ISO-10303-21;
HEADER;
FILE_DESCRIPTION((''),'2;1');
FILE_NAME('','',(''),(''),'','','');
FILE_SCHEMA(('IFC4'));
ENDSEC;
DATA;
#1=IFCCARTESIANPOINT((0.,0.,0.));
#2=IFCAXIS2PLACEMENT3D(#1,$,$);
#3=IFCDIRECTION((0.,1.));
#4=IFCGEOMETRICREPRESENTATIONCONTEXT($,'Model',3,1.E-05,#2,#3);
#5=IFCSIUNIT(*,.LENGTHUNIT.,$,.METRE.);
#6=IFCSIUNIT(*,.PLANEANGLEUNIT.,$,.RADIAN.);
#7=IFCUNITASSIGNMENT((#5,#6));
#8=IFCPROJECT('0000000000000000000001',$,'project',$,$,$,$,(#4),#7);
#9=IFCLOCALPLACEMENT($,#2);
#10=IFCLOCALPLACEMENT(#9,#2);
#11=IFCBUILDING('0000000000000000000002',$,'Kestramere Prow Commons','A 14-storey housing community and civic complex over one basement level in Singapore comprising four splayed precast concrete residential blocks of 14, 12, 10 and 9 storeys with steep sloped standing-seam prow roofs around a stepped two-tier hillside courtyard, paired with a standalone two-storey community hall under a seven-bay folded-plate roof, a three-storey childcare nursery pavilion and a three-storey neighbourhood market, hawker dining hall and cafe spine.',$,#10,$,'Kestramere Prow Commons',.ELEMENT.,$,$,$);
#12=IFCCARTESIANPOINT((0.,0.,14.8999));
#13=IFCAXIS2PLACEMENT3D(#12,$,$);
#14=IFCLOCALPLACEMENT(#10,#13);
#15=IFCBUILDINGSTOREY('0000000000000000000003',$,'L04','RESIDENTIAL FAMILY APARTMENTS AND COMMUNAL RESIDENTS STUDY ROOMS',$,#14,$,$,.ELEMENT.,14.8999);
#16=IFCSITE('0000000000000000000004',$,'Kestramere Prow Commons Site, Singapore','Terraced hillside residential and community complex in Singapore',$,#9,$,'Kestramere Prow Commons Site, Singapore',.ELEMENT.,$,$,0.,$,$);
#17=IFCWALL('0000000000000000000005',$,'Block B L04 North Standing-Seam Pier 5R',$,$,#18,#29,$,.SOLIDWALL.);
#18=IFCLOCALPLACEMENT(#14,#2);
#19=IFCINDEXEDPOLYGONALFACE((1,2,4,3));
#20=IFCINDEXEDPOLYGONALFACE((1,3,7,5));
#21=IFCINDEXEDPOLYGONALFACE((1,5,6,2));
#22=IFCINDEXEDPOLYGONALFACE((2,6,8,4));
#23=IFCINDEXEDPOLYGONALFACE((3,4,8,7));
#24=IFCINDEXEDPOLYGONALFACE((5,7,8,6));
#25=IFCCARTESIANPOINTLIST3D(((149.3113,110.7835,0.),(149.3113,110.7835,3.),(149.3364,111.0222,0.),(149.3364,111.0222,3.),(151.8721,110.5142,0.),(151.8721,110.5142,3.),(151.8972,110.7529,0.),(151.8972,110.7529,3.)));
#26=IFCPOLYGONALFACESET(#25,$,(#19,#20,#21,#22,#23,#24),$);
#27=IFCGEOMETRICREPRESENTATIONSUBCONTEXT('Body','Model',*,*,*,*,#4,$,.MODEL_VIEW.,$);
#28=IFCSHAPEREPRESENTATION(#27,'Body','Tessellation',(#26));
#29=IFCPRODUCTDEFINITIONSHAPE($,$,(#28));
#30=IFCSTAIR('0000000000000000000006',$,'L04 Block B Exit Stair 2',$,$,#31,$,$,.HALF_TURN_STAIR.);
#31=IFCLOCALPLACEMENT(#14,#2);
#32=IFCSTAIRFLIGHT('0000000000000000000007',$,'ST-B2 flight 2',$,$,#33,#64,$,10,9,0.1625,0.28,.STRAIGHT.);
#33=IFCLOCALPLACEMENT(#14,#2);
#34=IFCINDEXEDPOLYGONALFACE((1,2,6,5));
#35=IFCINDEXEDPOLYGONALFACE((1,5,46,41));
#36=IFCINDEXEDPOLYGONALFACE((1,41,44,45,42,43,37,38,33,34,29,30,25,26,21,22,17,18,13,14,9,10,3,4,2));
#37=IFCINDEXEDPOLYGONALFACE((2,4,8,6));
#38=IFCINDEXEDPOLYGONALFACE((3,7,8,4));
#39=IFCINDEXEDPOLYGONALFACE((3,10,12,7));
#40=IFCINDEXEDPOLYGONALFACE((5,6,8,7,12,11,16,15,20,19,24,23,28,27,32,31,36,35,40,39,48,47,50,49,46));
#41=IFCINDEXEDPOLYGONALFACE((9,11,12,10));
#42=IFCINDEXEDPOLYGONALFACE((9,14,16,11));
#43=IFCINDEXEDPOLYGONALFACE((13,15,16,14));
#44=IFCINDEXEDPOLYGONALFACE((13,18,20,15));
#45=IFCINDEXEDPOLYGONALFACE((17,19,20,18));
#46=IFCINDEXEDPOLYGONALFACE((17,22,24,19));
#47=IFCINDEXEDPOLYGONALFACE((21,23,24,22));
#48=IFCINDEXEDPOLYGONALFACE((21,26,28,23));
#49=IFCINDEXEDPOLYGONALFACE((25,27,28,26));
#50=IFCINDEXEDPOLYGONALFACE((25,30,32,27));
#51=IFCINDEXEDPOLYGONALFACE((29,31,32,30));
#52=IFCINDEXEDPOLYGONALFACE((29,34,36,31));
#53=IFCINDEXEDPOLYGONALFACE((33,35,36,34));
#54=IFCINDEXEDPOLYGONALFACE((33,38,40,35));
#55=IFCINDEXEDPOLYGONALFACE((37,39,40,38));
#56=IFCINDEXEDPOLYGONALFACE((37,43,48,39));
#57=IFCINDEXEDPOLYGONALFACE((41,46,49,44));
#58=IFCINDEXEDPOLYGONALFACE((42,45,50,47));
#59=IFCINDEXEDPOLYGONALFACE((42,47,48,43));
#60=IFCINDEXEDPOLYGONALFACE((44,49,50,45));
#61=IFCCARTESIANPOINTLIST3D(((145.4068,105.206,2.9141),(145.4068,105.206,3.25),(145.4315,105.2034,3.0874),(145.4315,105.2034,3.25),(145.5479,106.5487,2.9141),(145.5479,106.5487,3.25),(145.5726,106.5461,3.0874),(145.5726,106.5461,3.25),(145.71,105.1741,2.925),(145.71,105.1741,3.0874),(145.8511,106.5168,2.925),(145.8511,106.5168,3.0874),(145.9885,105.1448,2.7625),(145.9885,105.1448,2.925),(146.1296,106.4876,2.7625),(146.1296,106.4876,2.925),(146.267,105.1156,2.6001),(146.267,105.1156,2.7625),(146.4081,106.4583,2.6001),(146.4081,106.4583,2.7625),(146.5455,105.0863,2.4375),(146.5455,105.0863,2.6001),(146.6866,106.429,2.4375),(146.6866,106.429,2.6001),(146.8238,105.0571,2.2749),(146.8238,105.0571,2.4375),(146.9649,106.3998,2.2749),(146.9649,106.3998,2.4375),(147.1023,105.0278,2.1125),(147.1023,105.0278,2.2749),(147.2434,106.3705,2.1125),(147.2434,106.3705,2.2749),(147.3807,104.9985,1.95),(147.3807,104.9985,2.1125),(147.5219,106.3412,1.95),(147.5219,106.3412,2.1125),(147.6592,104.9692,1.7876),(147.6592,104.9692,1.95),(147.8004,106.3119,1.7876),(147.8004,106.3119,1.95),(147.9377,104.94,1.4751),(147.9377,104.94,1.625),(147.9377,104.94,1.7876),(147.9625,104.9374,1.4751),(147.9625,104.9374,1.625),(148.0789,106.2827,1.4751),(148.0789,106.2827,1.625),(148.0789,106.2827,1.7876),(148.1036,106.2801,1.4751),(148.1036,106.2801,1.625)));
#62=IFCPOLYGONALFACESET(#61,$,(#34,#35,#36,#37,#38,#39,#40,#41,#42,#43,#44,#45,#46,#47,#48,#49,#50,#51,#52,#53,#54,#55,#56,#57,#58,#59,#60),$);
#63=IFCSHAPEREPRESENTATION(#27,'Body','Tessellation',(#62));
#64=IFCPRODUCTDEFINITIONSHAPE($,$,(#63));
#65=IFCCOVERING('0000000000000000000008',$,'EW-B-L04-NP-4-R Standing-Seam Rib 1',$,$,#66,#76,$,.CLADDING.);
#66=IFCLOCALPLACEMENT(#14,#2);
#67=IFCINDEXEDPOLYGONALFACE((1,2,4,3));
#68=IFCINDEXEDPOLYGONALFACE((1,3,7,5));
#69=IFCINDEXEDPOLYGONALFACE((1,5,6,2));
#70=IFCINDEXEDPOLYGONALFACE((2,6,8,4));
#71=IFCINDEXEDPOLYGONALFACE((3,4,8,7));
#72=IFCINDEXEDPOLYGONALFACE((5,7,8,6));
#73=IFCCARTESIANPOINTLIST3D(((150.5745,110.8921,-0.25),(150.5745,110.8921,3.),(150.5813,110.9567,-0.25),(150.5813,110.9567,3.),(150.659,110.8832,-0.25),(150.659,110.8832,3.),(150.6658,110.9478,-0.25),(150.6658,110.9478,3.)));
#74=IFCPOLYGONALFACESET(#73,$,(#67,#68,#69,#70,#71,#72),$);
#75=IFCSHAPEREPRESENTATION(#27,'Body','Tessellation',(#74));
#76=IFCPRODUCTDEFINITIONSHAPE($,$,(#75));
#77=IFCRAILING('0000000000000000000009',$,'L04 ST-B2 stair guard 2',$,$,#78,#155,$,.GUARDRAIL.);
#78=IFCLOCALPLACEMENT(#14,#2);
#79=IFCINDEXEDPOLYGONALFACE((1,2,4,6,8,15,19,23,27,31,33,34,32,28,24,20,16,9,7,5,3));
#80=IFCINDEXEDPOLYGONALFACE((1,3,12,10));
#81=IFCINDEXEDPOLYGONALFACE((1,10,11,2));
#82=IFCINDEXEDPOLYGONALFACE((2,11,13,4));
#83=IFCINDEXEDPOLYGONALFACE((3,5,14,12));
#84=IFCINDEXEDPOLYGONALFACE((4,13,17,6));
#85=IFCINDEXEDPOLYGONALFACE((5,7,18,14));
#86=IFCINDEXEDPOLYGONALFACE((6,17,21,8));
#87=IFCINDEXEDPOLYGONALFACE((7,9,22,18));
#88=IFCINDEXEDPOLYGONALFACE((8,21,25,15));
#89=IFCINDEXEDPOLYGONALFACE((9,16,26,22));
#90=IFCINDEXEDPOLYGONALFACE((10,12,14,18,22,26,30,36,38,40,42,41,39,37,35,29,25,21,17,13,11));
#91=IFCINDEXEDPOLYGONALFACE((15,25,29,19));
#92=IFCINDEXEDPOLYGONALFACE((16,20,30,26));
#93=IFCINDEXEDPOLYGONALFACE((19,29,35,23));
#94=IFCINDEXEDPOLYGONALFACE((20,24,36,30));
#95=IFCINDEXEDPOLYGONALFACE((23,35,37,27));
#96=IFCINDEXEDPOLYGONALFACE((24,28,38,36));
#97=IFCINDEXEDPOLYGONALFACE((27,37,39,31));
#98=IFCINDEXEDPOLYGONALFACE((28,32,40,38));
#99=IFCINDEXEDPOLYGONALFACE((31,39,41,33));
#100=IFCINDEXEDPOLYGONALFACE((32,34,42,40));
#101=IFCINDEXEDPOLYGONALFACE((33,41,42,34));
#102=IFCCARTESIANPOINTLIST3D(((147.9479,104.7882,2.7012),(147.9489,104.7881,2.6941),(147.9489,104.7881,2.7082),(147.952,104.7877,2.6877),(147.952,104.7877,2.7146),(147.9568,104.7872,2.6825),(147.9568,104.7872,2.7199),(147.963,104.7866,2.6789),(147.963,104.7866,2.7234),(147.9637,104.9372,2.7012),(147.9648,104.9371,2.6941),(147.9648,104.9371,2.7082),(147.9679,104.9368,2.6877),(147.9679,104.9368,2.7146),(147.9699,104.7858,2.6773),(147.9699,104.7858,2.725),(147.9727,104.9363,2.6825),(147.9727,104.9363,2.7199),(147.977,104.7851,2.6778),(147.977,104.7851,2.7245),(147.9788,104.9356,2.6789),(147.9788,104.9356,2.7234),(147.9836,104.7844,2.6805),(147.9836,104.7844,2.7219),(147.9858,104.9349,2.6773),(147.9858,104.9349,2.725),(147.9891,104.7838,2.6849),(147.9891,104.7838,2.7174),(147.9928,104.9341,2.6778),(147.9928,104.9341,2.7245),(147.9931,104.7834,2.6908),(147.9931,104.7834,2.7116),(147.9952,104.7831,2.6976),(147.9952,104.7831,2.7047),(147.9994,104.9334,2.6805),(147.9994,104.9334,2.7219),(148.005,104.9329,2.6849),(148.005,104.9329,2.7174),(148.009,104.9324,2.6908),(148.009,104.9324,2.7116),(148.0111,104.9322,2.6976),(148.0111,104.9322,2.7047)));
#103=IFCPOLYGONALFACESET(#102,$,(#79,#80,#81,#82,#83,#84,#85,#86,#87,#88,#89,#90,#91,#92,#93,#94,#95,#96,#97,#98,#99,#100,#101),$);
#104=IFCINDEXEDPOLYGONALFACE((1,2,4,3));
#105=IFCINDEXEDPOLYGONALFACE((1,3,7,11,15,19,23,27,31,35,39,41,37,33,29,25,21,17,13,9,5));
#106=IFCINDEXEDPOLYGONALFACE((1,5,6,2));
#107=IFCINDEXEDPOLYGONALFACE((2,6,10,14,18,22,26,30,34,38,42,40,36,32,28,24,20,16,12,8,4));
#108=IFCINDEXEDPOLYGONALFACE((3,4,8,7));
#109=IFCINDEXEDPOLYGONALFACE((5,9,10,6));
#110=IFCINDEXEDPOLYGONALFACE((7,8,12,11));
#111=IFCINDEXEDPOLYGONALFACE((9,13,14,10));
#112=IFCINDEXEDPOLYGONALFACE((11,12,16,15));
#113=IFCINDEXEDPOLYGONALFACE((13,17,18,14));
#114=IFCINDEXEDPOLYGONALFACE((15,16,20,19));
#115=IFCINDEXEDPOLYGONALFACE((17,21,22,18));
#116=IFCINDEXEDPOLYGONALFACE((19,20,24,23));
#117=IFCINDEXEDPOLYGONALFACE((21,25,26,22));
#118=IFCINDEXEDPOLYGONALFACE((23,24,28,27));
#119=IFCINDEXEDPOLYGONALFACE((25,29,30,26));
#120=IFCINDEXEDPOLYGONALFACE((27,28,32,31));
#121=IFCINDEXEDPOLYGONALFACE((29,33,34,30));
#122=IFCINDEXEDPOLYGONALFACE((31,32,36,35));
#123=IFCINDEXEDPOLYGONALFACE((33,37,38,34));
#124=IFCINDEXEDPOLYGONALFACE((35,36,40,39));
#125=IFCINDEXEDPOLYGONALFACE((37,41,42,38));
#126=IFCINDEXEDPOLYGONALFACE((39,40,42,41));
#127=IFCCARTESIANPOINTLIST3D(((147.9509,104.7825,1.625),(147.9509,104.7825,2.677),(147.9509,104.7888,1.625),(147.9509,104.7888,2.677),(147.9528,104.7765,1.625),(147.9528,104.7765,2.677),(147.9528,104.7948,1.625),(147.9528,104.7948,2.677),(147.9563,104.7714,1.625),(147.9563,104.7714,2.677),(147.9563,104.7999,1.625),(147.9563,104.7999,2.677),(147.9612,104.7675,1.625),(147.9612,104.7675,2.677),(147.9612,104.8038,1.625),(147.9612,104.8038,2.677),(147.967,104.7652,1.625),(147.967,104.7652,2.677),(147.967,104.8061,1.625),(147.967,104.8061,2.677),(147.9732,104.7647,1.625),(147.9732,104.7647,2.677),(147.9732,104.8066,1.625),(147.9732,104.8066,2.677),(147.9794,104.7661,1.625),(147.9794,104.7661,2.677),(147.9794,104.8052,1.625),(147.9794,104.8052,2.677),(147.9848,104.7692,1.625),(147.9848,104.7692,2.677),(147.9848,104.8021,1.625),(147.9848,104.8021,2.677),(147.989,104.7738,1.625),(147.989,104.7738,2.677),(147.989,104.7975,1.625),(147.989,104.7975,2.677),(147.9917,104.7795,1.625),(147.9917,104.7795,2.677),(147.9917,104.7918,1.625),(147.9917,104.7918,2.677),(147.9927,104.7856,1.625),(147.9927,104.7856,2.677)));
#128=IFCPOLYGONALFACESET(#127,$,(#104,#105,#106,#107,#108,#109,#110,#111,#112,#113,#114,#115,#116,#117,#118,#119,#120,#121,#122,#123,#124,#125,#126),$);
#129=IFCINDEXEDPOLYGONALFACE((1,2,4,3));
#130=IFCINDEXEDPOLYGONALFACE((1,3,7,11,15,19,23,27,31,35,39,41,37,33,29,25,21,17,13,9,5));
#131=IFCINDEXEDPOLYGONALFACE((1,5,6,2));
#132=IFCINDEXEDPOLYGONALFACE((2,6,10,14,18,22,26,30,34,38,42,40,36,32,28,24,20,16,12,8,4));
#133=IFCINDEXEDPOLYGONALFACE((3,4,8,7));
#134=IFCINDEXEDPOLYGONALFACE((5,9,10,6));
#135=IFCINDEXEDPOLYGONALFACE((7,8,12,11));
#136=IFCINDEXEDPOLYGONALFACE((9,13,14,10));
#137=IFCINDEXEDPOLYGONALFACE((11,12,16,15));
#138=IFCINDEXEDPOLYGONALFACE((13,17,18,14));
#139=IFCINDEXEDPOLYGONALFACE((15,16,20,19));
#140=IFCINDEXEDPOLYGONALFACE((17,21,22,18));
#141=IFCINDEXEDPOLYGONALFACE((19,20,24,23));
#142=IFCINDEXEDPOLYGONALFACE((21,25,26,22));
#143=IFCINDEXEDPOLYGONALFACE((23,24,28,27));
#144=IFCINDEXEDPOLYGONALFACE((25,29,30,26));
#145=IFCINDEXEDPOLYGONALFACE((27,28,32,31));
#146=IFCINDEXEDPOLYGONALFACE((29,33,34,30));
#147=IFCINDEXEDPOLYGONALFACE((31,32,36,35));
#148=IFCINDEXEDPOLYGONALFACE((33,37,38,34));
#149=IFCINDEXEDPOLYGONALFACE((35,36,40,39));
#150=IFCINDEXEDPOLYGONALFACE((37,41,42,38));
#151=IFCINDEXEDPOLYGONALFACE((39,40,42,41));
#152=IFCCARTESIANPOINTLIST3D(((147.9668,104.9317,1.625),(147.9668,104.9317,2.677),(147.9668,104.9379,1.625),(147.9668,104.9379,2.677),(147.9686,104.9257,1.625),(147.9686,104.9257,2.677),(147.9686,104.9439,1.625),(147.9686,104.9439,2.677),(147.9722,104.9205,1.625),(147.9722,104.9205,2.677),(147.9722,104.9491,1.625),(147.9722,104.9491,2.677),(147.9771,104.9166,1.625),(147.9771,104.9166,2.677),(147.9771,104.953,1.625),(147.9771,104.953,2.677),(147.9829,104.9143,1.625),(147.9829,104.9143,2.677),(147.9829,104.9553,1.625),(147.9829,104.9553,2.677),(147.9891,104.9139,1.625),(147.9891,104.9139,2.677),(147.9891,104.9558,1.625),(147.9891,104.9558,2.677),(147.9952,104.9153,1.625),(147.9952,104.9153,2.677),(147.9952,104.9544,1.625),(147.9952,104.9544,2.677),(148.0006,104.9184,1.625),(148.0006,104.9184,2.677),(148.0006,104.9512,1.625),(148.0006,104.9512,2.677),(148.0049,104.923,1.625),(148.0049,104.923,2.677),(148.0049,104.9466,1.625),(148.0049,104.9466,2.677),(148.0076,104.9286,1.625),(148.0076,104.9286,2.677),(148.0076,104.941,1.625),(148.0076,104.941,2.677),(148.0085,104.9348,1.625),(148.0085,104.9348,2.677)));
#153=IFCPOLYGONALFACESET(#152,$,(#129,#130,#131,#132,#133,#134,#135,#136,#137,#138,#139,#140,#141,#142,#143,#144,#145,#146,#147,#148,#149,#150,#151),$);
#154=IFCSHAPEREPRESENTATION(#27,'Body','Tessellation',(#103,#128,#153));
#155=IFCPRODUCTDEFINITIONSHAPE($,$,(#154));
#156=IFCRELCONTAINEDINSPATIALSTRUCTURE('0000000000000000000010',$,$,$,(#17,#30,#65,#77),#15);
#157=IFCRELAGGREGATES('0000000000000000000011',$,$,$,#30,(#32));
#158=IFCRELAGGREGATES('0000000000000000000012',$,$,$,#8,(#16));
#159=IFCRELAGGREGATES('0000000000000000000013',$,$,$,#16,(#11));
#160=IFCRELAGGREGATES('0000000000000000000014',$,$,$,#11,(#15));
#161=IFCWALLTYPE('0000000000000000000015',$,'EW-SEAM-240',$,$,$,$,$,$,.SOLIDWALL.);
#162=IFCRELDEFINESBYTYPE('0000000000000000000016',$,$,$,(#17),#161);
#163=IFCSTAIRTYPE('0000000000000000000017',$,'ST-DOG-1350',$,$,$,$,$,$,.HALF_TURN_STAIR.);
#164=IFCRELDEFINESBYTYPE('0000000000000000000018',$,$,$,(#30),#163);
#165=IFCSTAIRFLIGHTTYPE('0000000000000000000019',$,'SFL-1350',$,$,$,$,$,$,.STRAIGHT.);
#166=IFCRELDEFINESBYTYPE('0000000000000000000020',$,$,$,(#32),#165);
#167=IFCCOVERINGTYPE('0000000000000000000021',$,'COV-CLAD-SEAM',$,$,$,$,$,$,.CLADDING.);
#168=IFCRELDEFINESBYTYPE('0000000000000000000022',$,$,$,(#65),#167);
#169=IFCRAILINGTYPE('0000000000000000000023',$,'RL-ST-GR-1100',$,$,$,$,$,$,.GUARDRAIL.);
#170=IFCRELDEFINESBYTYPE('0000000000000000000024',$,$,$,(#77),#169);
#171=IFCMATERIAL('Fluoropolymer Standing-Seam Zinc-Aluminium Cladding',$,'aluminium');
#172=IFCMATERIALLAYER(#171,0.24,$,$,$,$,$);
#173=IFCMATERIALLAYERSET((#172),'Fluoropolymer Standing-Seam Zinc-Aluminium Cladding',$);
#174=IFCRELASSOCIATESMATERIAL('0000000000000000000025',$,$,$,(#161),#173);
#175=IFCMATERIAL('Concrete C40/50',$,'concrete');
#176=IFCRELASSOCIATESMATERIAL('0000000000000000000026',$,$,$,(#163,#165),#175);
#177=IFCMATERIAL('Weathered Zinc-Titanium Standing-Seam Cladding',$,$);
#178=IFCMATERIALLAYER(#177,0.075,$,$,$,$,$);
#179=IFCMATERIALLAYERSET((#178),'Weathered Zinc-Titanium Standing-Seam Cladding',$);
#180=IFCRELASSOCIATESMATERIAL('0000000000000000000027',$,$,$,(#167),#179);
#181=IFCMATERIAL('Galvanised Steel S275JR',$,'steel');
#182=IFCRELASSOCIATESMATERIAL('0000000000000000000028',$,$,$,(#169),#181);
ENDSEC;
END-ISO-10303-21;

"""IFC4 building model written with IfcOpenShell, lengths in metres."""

from ifc_helpers import new_model, si_unit, direction, frame, frame_2d, origin, origin_2d, place, context, subcontext, project, spatial, polyline, rectangle, circle, outline, extrude, material, layer, layer_set, type_object, element, aggregate, save


model = new_model("IFC4")

# Units and contexts
model_context = context("Model", 3, precision=1e-05, world=origin(), true_north=direction((0.0, 1.0)))
body_context = subcontext(model_context, "Body", "Model", "MODEL_VIEW")
ifc_project = project(units=[si_unit("LENGTHUNIT", "METRE"), si_unit("PLANEANGLEUNIT", "RADIAN")], contexts=[model_context])

# Site, building, storey
site_placement = place(None, origin())
site = spatial("IfcSite", under=ifc_project, at=site_placement, Name="Kestramere Prow Commons Site, Singapore", Description="Terraced hillside residential and community complex in Singapore", LongName="Kestramere Prow Commons Site, Singapore", CompositionType="ELEMENT", RefElevation=0.0)
building_placement = place(site_placement, origin())
building = spatial("IfcBuilding", under=site, at=building_placement, Name="Kestramere Prow Commons", Description="A 14-storey housing community and civic complex over one basement level in Singapore comprising four splayed precast concrete residential blocks of 14, 12, 10 and 9 storeys with steep sloped standing-seam prow roofs around a stepped two-tier hillside courtyard, paired with a standalone two-storey community hall under a seven-bay folded-plate roof, a three-storey childcare nursery pavilion and a three-storey neighbourhood market, hawker dining hall and cafe spine.", LongName="Kestramere Prow Commons", CompositionType="ELEMENT")
storey_placement = place(building_placement, frame((0.0, 0.0, 14.8999)))
storey = spatial("IfcBuildingStorey", under=building, at=storey_placement, Name="L04", Description="RESIDENTIAL FAMILY APARTMENTS AND COMMUNAL RESIDENTS STUDY ROOMS", CompositionType="ELEMENT", Elevation=14.8999)

# Shared definitions
ifc_material_1 = material(Name="Concrete C40/50", Category="concrete")

# Wall
ifc_material_2 = material(Name="Fluoropolymer Standing-Seam Zinc-Aluminium Cladding", Category="aluminium")
ifc_layer_1 = layer(ifc_material_2, 0.24)
ifc_layer_set_1 = layer_set([ifc_layer_1], Name="Fluoropolymer Standing-Seam Zinc-Aluminium Cladding")
wall_type = type_object("IfcWallType", Name="EW-SEAM-240", PredefinedType="SOLIDWALL", material=ifc_layer_set_1)
wall_placement = place(storey_placement, frame((149.3237, 110.9028, 0.0), z_axis=(0.0, 0.0, 1.0), x_axis=(0.994516, -0.104581, 0.0)))
element("IfcWall", 1, at=wall_placement, inside=storey, type_object=wall_type, Name="Block B L04 North Standing-Seam Pier 5R", PredefinedType="SOLIDWALL", context=body_context, shape_type="SweptSolid", body=[
    extrude(rectangle(XDim=2.575, YDim=0.24, at=frame_2d((1.2876, 0.0))), origin(), (0.0, 0.0, 1.0), 3.0),
])

# Stair, stair flight
stair_type = type_object("IfcStairType", Name="ST-DOG-1350", PredefinedType="HALF_TURN_STAIR", material=ifc_material_1)
stair_placement = place(storey_placement, origin())
stair = element("IfcStair", 2, at=stair_placement, inside=storey, type_object=stair_type, Name="L04 Block B Exit Stair 2", PredefinedType="HALF_TURN_STAIR")
stair_flight_type = type_object("IfcStairFlightType", Name="SFL-1350", PredefinedType="STRAIGHT", material=ifc_material_1)
stair_flight_placement = place(storey_placement, frame((148.0083, 105.6113, 1.625), z_axis=(0.0, 0.0, 1.0), x_axis=(-0.994522, 0.104528, 0.0)))
stair_flight = element("IfcStairFlight", 3, at=stair_flight_placement, type_object=stair_flight_type, Name="ST-B2 flight 2", NumberOfRisers=10, NumberOfTreads=9, PredefinedType="STRAIGHT", RiserHeight=0.1625, TreadLength=0.28, context=body_context, shape_type="SweptSolid", body=[
    extrude(outline(polyline([(-0.0249, 0.0), (0.0, 0.0), (0.0, 0.1626), (0.28, 0.1626), (0.28, 0.325), (0.5601, 0.325), (0.5601, 0.4875), (0.8401, 0.4875), (0.8401, 0.6499), (1.1201, 0.6499), (1.1201, 0.8125), (1.3999, 0.8125), (1.3999, 0.9751), (1.6799, 0.9751), (1.6799, 1.1375), (1.96, 1.1375), (1.96, 1.3), (2.24, 1.3), (2.24, 1.4624), (2.52, 1.4624), (2.52, 1.625), (2.5449, 1.625), (2.5449, 1.2891), (0.0, -0.1499), (-0.0249, -0.1499), (-0.0249, 0.0)])), frame((0.0, 0.675, 0.0), z_axis=(0.0, -1.0, 0.0), x_axis=(1.0, 0.0, 0.0)), (0.0, 0.0, 1.0), 1.3501),
])
aggregate(stair, [stair_flight])

# Covering
ifc_material_3 = material(Name="Weathered Zinc-Titanium Standing-Seam Cladding")
ifc_layer_2 = layer(ifc_material_3, 0.075)
ifc_layer_set_2 = layer_set([ifc_layer_2], Name="Weathered Zinc-Titanium Standing-Seam Cladding")
covering_type = type_object("IfcCoveringType", Name="COV-CLAD-SEAM", PredefinedType="CLADDING", material=ifc_layer_set_2)
covering_placement = place(storey_placement, frame((150.6201, 110.9199, -0.25), z_axis=(0.0, 0.0, 1.0), x_axis=(0.994522, -0.104528, 0.0)))
element("IfcCovering", 4, at=covering_placement, inside=storey, type_object=covering_type, Name="EW-B-L04-NP-4-R Standing-Seam Rib 1", PredefinedType="CLADDING", context=body_context, shape_type="SweptSolid", body=[
    extrude(rectangle(XDim=0.085, YDim=0.0649, at=origin_2d()), origin(), (0.0, 0.0, 1.0), 3.25),
])

# Railing
ifc_material_4 = material(Name="Galvanised Steel S275JR", Category="steel")
railing_type_1 = type_object("IfcRailingType", Name="RL-ST-GR-1100", PredefinedType="GUARDRAIL", material=ifc_material_4)
railing_1_placement = place(storey_placement, frame((147.9717, 104.7856, 1.625)))
element("IfcRailing", 5, at=railing_1_placement, inside=storey, type_object=railing_type_1, Name="L04 ST-B2 stair guard 2", PredefinedType="GUARDRAIL", context=body_context, shape_type="SweptSolid", body=[
    extrude(circle(Radius=0.0239, at=origin_2d()), frame((0.0, 0.0, 1.0762), z_axis=(0.105786, 0.994389, 0.0), x_axis=(-0.994389, 0.105786, 0.0)), (0.0, 0.0, 1.0), 0.1499),
    extrude(circle(Radius=0.021, at=origin_2d()), origin(), (0.0, 0.0, 1.0), 1.052),
    extrude(circle(Radius=0.021, at=origin_2d()), frame((0.0159, 0.1492, 0.0)), (0.0, 0.0, 1.0), 1.052),
])

save(model, "model.ifc")
